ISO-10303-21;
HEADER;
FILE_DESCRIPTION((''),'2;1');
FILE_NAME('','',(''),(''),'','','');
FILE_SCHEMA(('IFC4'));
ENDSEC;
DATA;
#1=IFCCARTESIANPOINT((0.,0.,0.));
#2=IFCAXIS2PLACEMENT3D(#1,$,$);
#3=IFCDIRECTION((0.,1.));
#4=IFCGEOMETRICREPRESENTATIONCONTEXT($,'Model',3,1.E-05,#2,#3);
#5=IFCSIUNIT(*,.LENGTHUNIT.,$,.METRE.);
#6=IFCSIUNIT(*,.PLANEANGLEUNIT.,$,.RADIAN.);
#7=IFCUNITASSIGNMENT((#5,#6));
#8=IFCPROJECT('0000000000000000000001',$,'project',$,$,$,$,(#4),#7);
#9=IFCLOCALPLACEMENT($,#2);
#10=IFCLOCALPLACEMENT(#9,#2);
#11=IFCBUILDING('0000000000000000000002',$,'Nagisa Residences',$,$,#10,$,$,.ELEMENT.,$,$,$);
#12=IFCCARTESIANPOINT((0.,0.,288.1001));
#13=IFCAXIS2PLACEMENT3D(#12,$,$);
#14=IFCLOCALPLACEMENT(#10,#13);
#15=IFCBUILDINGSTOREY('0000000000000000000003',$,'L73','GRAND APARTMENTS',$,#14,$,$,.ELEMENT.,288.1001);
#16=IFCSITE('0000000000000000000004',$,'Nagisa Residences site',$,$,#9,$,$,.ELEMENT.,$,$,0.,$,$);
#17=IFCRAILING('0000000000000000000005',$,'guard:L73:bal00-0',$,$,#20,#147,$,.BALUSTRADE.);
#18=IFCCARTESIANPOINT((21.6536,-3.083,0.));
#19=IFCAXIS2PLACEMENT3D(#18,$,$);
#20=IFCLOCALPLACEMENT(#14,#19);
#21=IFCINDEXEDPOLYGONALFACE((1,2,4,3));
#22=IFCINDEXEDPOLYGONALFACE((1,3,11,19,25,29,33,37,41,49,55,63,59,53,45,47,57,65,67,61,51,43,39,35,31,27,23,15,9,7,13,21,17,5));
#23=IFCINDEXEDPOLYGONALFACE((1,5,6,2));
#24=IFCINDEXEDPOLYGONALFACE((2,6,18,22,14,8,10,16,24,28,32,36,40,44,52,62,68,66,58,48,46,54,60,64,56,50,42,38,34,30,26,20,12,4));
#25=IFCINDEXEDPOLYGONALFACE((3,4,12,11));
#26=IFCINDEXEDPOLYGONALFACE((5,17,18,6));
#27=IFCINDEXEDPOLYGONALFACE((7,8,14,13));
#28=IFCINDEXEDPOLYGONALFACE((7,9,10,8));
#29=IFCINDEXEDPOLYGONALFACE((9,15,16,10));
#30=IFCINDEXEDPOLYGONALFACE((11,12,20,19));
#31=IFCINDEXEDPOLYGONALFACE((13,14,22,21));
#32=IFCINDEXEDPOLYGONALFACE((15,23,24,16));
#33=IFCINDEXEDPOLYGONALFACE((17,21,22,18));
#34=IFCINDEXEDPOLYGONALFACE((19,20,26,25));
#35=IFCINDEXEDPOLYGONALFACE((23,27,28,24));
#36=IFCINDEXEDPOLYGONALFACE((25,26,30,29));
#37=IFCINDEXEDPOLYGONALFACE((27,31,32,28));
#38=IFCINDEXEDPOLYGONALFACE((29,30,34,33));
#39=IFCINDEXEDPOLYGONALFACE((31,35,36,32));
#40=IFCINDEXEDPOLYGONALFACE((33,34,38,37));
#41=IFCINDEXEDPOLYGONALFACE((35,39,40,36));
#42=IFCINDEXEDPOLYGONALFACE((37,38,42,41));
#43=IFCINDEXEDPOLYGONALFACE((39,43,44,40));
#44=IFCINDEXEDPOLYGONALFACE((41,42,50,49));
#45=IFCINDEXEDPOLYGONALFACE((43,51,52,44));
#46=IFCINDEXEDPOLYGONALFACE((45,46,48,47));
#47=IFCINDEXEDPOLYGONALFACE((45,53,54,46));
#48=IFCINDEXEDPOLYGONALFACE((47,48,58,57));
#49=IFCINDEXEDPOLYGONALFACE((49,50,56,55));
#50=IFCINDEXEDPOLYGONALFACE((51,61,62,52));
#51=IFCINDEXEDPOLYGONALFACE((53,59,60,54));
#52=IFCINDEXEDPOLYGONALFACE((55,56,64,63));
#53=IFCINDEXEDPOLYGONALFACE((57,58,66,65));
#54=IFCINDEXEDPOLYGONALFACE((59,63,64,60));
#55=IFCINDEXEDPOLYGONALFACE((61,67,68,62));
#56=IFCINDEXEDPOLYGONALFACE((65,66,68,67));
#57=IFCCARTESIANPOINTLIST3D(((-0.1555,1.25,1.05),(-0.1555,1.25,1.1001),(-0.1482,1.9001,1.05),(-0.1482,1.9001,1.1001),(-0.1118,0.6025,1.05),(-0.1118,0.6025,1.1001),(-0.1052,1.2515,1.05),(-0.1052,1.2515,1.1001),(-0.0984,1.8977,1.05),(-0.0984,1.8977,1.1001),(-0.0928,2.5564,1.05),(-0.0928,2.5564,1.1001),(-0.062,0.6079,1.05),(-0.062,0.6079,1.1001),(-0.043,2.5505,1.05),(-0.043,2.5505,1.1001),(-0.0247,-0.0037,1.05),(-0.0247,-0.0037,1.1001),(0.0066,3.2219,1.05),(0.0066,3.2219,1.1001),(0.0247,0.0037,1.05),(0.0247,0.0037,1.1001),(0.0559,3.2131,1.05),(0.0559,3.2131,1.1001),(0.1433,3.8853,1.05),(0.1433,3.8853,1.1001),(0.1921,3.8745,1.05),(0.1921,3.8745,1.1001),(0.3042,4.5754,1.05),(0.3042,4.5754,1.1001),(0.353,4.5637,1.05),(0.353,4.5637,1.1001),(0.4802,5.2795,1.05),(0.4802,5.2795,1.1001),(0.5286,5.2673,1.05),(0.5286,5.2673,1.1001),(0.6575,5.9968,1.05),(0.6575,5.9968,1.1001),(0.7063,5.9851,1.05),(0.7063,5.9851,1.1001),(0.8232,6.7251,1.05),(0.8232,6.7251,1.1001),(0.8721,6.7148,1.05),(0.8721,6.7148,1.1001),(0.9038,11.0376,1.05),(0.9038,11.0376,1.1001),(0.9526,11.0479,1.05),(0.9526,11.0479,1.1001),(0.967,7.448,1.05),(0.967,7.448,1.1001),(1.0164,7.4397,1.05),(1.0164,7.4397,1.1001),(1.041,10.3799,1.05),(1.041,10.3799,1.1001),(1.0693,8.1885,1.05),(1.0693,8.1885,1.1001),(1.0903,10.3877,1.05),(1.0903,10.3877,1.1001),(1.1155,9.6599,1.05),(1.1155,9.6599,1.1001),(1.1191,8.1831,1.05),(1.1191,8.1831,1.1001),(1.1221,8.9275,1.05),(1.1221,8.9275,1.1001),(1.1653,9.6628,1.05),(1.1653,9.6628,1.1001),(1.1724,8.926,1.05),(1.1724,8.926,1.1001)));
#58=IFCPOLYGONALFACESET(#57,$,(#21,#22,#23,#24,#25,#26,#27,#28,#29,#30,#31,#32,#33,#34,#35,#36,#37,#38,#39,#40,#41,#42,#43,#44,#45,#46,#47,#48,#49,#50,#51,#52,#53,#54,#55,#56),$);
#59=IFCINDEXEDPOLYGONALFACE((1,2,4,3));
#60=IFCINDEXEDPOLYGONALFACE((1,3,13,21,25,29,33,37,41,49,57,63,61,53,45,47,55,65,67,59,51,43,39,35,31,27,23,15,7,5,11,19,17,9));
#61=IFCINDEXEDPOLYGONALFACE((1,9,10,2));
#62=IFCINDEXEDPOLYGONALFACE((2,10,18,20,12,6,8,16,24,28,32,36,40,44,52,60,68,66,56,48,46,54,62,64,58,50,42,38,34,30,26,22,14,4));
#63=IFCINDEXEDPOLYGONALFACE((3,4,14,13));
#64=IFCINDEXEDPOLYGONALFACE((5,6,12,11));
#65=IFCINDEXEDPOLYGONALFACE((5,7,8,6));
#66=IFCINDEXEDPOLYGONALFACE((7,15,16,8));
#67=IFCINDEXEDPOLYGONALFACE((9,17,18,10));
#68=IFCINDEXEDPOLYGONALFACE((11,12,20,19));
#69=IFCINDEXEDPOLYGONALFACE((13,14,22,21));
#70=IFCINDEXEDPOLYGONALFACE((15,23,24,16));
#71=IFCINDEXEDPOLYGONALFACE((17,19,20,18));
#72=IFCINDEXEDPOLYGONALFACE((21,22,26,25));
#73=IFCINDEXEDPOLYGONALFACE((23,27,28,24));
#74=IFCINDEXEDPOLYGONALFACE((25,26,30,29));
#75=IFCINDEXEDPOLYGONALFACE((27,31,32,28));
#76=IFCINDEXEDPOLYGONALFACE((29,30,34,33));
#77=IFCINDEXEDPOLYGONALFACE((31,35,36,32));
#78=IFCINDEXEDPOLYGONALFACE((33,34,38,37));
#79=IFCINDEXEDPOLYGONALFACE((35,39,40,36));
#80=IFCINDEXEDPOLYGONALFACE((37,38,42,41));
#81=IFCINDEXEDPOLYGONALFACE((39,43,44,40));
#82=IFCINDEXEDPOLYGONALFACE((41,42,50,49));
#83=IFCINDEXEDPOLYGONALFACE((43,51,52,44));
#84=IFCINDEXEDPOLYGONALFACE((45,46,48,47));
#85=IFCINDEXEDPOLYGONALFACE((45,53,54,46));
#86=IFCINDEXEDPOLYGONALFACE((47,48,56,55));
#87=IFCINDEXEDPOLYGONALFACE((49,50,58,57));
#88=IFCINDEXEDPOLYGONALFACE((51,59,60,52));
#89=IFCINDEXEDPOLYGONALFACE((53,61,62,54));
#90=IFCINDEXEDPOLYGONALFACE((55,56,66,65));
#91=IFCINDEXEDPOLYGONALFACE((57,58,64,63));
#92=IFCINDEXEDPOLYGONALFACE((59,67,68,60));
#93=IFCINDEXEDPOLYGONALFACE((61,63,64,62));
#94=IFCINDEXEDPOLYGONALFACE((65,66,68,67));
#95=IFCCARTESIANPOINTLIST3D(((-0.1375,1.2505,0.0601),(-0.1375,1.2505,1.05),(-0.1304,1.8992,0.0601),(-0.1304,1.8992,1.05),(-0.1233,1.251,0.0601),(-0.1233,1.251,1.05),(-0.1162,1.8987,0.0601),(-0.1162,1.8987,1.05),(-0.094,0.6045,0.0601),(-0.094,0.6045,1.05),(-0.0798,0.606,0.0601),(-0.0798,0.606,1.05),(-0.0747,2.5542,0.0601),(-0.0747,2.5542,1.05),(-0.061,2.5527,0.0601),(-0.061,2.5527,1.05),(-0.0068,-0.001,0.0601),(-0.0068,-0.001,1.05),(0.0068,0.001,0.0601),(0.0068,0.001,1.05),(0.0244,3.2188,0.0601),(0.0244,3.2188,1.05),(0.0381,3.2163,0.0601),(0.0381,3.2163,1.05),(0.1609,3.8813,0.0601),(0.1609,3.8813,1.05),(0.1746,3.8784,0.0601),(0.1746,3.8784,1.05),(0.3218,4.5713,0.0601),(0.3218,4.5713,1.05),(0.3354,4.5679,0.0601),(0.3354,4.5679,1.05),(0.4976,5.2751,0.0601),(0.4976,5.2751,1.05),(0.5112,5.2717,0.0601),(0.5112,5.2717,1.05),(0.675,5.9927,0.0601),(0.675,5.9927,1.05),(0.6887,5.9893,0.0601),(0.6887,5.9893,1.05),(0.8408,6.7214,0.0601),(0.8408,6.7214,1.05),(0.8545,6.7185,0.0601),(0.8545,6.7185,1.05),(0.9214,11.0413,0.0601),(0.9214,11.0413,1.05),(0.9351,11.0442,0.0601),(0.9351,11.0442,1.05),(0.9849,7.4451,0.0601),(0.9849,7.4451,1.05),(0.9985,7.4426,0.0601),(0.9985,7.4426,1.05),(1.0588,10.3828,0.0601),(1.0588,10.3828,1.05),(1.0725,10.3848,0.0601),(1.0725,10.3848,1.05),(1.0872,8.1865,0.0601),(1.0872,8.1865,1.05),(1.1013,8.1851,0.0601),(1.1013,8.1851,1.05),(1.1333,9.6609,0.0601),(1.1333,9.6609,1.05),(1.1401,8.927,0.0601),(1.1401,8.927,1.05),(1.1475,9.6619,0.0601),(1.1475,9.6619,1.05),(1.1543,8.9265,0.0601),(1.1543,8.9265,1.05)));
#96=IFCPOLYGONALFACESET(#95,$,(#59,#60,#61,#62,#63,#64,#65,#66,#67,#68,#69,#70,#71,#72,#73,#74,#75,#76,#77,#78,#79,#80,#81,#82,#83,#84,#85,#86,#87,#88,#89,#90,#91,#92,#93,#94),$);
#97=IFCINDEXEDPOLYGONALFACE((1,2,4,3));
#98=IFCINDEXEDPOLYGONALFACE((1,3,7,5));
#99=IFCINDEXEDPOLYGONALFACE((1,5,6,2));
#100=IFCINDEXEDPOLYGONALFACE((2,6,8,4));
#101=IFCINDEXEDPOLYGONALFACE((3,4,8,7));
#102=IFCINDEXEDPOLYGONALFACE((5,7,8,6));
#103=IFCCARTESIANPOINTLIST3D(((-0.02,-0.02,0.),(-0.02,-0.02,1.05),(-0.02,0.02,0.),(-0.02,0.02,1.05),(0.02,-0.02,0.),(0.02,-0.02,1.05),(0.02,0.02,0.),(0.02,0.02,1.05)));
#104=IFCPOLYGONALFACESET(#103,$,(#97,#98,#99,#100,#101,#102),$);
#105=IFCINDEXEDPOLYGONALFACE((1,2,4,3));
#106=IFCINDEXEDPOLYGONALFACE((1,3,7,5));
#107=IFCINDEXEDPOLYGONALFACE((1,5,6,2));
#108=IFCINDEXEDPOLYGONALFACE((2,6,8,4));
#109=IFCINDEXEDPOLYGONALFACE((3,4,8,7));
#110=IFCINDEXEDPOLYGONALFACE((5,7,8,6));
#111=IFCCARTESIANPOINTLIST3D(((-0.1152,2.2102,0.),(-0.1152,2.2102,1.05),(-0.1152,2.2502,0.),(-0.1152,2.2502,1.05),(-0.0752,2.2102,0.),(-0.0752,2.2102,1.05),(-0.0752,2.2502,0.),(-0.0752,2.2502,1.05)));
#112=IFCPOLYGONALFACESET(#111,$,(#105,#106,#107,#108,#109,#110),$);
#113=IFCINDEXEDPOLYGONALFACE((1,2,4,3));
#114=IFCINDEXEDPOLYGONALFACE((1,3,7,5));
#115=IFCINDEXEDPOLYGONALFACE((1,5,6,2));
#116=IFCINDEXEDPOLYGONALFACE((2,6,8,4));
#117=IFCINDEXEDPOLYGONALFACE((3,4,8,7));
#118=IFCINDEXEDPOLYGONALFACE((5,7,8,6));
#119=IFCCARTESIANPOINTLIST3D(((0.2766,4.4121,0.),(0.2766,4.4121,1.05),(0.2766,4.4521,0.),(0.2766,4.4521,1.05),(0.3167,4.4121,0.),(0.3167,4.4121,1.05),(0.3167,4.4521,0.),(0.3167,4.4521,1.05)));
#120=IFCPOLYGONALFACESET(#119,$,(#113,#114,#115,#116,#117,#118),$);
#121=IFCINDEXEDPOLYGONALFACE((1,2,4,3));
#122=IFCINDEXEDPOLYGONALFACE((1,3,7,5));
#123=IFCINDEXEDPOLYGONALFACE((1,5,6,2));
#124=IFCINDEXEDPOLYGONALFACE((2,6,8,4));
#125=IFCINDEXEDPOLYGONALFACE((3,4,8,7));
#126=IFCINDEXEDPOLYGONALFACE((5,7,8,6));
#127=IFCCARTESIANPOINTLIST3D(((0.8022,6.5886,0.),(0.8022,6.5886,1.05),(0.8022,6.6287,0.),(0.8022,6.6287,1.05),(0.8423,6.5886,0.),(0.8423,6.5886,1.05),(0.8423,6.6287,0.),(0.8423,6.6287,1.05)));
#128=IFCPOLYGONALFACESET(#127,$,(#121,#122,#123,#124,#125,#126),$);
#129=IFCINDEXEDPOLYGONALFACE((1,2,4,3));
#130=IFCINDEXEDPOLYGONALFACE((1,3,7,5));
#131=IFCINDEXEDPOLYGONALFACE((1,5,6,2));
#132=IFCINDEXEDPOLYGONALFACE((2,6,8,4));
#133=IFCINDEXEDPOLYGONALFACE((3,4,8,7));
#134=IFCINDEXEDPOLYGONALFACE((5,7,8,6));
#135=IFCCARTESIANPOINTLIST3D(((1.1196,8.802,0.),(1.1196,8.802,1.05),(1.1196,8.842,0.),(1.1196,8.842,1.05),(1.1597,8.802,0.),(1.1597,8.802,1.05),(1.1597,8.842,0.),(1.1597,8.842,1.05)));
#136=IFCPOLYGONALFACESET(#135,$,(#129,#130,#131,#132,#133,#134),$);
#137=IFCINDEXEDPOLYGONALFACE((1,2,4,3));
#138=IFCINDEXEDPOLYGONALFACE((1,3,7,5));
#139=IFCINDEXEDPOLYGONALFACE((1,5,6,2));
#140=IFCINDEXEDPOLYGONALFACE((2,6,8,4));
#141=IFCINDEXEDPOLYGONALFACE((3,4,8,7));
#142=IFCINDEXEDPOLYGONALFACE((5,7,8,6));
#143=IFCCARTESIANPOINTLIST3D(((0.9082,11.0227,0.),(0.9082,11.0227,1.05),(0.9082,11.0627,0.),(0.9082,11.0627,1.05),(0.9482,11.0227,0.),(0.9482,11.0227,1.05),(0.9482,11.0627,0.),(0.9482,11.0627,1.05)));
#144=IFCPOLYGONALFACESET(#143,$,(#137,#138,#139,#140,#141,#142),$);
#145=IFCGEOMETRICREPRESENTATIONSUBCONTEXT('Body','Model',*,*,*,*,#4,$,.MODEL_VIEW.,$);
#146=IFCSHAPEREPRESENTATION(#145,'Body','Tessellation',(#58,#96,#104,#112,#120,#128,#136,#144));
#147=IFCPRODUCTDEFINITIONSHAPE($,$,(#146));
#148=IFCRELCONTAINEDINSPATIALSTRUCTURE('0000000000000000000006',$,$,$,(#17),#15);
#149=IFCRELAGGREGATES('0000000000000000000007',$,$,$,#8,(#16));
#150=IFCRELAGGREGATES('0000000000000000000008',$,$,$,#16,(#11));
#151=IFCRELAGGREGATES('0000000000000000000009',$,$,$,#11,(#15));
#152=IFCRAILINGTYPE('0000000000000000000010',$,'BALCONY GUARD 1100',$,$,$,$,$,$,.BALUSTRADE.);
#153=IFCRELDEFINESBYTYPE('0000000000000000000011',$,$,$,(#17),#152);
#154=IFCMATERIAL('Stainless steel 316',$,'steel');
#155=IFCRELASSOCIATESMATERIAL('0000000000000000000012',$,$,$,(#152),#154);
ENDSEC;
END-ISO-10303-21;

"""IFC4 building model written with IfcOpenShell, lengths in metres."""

from ifc_helpers import new_model, si_unit, direction, frame, origin, origin_2d, place, context, subcontext, project, spatial, polyline, rectangle, outline, extrude, material, type_object, element, save


model = new_model("IFC4")

# Units and contexts
model_context = context("Model", 3, precision=1e-05, world=origin(), true_north=direction((0.0, 1.0)))
body_context = subcontext(model_context, "Body", "Model", "MODEL_VIEW")
ifc_project = project(units=[si_unit("LENGTHUNIT", "METRE"), si_unit("PLANEANGLEUNIT", "RADIAN")], contexts=[model_context])

# Site, building, storey
site_placement = place(None, origin())
site = spatial("IfcSite", under=ifc_project, at=site_placement, Name="Nagisa Residences site", CompositionType="ELEMENT", RefElevation=0.0)
building_placement = place(site_placement, origin())
building = spatial("IfcBuilding", under=site, at=building_placement, Name="Nagisa Residences", CompositionType="ELEMENT")
storey_placement = place(building_placement, frame((0.0, 0.0, 288.1001)))
storey = spatial("IfcBuildingStorey", under=building, at=storey_placement, Name="L73", Description="GRAND APARTMENTS", CompositionType="ELEMENT", Elevation=288.1001)

# Railing
ifc_material_1 = material(Name="Stainless steel 316", Category="steel")
railing_type = type_object("IfcRailingType", Name="BALCONY GUARD 1100", PredefinedType="BALUSTRADE", material=ifc_material_1)
railing_placement = place(storey_placement, frame((21.6536, -3.083, 0.0)))
element("IfcRailing", 1, at=railing_placement, inside=storey, type_object=railing_type, Name="guard:L73:bal00-0", PredefinedType="BALUSTRADE", context=body_context, shape_type="SweptSolid", body=[
    extrude(outline(polyline([(-0.1118, 0.6025), (-0.0247, -0.0037), (0.0247, 0.0037), (-0.062, 0.6079), (-0.1052, 1.2515), (-0.0984, 1.8977), (-0.043, 2.5505), (0.0559, 3.2131), (0.1921, 3.8745), (0.353, 4.5637), (0.5286, 5.2673), (0.7063, 5.9851), (0.8721, 6.7148), (1.0164, 7.4397), (1.1191, 8.1831), (1.1724, 8.926), (1.1653, 9.6628), (1.0903, 10.3877), (0.9526, 11.0479), (0.9038, 11.0376), (1.041, 10.3799), (1.1155, 9.6599), (1.1221, 8.9275), (1.0693, 8.1885), (0.967, 7.448), (0.8232, 6.7251), (0.6575, 5.9968), (0.4802, 5.2795), (0.3042, 4.5754), (0.1433, 3.8853), (0.0066, 3.2219), (-0.0928, 2.5564), (-0.1482, 1.9001), (-0.1555, 1.25), (-0.1118, 0.6025)])), frame((0.0, 0.0, 1.05)), (0.0, 0.0, 1.0), 0.05),
    extrude(outline(polyline([(-0.094, 0.6045), (-0.0068, -0.001), (0.0068, 0.001), (-0.0798, 0.606), (-0.1233, 1.251), (-0.1162, 1.8987), (-0.061, 2.5527), (0.0381, 3.2163), (0.1746, 3.8784), (0.3354, 4.5679), (0.5112, 5.2717), (0.6887, 5.9893), (0.8545, 6.7185), (0.9985, 7.4426), (1.1013, 8.1851), (1.1543, 8.9265), (1.1475, 9.6619), (1.0725, 10.3848), (0.9351, 11.0442), (0.9214, 11.0413), (1.0588, 10.3828), (1.1333, 9.6609), (1.1401, 8.927), (1.0872, 8.1865), (0.9849, 7.4451), (0.8408, 6.7214), (0.675, 5.9927), (0.4976, 5.2751), (0.3218, 4.5713), (0.1609, 3.8813), (0.0244, 3.2188), (-0.0747, 2.5542), (-0.1304, 1.8992), (-0.1375, 1.2505), (-0.094, 0.6045)])), frame((0.0, 0.0, 0.0601)), (0.0, 0.0, 1.0), 0.99),
    extrude(rectangle(XDim=0.04, YDim=0.04, at=origin_2d()), origin(), (0.0, 0.0, 1.0), 1.05),
    extrude(rectangle(XDim=0.04, YDim=0.04, at=origin_2d()), frame((-0.0952, 2.2302, 0.0)), (0.0, 0.0, 1.0), 1.05),
    extrude(rectangle(XDim=0.04, YDim=0.04, at=origin_2d()), frame((0.2966, 4.4321, 0.0)), (0.0, 0.0, 1.0), 1.05),
    extrude(rectangle(XDim=0.04, YDim=0.04, at=origin_2d()), frame((0.8223, 6.6086, 0.0)), (0.0, 0.0, 1.0), 1.05),
    extrude(rectangle(XDim=0.04, YDim=0.04, at=origin_2d()), frame((1.1396, 8.822, 0.0)), (0.0, 0.0, 1.0), 1.05),
    extrude(rectangle(XDim=0.04, YDim=0.04, at=origin_2d()), frame((0.9282, 11.0427, 0.0)), (0.0, 0.0, 1.0), 1.05),
])

save(model, "model.ifc")
